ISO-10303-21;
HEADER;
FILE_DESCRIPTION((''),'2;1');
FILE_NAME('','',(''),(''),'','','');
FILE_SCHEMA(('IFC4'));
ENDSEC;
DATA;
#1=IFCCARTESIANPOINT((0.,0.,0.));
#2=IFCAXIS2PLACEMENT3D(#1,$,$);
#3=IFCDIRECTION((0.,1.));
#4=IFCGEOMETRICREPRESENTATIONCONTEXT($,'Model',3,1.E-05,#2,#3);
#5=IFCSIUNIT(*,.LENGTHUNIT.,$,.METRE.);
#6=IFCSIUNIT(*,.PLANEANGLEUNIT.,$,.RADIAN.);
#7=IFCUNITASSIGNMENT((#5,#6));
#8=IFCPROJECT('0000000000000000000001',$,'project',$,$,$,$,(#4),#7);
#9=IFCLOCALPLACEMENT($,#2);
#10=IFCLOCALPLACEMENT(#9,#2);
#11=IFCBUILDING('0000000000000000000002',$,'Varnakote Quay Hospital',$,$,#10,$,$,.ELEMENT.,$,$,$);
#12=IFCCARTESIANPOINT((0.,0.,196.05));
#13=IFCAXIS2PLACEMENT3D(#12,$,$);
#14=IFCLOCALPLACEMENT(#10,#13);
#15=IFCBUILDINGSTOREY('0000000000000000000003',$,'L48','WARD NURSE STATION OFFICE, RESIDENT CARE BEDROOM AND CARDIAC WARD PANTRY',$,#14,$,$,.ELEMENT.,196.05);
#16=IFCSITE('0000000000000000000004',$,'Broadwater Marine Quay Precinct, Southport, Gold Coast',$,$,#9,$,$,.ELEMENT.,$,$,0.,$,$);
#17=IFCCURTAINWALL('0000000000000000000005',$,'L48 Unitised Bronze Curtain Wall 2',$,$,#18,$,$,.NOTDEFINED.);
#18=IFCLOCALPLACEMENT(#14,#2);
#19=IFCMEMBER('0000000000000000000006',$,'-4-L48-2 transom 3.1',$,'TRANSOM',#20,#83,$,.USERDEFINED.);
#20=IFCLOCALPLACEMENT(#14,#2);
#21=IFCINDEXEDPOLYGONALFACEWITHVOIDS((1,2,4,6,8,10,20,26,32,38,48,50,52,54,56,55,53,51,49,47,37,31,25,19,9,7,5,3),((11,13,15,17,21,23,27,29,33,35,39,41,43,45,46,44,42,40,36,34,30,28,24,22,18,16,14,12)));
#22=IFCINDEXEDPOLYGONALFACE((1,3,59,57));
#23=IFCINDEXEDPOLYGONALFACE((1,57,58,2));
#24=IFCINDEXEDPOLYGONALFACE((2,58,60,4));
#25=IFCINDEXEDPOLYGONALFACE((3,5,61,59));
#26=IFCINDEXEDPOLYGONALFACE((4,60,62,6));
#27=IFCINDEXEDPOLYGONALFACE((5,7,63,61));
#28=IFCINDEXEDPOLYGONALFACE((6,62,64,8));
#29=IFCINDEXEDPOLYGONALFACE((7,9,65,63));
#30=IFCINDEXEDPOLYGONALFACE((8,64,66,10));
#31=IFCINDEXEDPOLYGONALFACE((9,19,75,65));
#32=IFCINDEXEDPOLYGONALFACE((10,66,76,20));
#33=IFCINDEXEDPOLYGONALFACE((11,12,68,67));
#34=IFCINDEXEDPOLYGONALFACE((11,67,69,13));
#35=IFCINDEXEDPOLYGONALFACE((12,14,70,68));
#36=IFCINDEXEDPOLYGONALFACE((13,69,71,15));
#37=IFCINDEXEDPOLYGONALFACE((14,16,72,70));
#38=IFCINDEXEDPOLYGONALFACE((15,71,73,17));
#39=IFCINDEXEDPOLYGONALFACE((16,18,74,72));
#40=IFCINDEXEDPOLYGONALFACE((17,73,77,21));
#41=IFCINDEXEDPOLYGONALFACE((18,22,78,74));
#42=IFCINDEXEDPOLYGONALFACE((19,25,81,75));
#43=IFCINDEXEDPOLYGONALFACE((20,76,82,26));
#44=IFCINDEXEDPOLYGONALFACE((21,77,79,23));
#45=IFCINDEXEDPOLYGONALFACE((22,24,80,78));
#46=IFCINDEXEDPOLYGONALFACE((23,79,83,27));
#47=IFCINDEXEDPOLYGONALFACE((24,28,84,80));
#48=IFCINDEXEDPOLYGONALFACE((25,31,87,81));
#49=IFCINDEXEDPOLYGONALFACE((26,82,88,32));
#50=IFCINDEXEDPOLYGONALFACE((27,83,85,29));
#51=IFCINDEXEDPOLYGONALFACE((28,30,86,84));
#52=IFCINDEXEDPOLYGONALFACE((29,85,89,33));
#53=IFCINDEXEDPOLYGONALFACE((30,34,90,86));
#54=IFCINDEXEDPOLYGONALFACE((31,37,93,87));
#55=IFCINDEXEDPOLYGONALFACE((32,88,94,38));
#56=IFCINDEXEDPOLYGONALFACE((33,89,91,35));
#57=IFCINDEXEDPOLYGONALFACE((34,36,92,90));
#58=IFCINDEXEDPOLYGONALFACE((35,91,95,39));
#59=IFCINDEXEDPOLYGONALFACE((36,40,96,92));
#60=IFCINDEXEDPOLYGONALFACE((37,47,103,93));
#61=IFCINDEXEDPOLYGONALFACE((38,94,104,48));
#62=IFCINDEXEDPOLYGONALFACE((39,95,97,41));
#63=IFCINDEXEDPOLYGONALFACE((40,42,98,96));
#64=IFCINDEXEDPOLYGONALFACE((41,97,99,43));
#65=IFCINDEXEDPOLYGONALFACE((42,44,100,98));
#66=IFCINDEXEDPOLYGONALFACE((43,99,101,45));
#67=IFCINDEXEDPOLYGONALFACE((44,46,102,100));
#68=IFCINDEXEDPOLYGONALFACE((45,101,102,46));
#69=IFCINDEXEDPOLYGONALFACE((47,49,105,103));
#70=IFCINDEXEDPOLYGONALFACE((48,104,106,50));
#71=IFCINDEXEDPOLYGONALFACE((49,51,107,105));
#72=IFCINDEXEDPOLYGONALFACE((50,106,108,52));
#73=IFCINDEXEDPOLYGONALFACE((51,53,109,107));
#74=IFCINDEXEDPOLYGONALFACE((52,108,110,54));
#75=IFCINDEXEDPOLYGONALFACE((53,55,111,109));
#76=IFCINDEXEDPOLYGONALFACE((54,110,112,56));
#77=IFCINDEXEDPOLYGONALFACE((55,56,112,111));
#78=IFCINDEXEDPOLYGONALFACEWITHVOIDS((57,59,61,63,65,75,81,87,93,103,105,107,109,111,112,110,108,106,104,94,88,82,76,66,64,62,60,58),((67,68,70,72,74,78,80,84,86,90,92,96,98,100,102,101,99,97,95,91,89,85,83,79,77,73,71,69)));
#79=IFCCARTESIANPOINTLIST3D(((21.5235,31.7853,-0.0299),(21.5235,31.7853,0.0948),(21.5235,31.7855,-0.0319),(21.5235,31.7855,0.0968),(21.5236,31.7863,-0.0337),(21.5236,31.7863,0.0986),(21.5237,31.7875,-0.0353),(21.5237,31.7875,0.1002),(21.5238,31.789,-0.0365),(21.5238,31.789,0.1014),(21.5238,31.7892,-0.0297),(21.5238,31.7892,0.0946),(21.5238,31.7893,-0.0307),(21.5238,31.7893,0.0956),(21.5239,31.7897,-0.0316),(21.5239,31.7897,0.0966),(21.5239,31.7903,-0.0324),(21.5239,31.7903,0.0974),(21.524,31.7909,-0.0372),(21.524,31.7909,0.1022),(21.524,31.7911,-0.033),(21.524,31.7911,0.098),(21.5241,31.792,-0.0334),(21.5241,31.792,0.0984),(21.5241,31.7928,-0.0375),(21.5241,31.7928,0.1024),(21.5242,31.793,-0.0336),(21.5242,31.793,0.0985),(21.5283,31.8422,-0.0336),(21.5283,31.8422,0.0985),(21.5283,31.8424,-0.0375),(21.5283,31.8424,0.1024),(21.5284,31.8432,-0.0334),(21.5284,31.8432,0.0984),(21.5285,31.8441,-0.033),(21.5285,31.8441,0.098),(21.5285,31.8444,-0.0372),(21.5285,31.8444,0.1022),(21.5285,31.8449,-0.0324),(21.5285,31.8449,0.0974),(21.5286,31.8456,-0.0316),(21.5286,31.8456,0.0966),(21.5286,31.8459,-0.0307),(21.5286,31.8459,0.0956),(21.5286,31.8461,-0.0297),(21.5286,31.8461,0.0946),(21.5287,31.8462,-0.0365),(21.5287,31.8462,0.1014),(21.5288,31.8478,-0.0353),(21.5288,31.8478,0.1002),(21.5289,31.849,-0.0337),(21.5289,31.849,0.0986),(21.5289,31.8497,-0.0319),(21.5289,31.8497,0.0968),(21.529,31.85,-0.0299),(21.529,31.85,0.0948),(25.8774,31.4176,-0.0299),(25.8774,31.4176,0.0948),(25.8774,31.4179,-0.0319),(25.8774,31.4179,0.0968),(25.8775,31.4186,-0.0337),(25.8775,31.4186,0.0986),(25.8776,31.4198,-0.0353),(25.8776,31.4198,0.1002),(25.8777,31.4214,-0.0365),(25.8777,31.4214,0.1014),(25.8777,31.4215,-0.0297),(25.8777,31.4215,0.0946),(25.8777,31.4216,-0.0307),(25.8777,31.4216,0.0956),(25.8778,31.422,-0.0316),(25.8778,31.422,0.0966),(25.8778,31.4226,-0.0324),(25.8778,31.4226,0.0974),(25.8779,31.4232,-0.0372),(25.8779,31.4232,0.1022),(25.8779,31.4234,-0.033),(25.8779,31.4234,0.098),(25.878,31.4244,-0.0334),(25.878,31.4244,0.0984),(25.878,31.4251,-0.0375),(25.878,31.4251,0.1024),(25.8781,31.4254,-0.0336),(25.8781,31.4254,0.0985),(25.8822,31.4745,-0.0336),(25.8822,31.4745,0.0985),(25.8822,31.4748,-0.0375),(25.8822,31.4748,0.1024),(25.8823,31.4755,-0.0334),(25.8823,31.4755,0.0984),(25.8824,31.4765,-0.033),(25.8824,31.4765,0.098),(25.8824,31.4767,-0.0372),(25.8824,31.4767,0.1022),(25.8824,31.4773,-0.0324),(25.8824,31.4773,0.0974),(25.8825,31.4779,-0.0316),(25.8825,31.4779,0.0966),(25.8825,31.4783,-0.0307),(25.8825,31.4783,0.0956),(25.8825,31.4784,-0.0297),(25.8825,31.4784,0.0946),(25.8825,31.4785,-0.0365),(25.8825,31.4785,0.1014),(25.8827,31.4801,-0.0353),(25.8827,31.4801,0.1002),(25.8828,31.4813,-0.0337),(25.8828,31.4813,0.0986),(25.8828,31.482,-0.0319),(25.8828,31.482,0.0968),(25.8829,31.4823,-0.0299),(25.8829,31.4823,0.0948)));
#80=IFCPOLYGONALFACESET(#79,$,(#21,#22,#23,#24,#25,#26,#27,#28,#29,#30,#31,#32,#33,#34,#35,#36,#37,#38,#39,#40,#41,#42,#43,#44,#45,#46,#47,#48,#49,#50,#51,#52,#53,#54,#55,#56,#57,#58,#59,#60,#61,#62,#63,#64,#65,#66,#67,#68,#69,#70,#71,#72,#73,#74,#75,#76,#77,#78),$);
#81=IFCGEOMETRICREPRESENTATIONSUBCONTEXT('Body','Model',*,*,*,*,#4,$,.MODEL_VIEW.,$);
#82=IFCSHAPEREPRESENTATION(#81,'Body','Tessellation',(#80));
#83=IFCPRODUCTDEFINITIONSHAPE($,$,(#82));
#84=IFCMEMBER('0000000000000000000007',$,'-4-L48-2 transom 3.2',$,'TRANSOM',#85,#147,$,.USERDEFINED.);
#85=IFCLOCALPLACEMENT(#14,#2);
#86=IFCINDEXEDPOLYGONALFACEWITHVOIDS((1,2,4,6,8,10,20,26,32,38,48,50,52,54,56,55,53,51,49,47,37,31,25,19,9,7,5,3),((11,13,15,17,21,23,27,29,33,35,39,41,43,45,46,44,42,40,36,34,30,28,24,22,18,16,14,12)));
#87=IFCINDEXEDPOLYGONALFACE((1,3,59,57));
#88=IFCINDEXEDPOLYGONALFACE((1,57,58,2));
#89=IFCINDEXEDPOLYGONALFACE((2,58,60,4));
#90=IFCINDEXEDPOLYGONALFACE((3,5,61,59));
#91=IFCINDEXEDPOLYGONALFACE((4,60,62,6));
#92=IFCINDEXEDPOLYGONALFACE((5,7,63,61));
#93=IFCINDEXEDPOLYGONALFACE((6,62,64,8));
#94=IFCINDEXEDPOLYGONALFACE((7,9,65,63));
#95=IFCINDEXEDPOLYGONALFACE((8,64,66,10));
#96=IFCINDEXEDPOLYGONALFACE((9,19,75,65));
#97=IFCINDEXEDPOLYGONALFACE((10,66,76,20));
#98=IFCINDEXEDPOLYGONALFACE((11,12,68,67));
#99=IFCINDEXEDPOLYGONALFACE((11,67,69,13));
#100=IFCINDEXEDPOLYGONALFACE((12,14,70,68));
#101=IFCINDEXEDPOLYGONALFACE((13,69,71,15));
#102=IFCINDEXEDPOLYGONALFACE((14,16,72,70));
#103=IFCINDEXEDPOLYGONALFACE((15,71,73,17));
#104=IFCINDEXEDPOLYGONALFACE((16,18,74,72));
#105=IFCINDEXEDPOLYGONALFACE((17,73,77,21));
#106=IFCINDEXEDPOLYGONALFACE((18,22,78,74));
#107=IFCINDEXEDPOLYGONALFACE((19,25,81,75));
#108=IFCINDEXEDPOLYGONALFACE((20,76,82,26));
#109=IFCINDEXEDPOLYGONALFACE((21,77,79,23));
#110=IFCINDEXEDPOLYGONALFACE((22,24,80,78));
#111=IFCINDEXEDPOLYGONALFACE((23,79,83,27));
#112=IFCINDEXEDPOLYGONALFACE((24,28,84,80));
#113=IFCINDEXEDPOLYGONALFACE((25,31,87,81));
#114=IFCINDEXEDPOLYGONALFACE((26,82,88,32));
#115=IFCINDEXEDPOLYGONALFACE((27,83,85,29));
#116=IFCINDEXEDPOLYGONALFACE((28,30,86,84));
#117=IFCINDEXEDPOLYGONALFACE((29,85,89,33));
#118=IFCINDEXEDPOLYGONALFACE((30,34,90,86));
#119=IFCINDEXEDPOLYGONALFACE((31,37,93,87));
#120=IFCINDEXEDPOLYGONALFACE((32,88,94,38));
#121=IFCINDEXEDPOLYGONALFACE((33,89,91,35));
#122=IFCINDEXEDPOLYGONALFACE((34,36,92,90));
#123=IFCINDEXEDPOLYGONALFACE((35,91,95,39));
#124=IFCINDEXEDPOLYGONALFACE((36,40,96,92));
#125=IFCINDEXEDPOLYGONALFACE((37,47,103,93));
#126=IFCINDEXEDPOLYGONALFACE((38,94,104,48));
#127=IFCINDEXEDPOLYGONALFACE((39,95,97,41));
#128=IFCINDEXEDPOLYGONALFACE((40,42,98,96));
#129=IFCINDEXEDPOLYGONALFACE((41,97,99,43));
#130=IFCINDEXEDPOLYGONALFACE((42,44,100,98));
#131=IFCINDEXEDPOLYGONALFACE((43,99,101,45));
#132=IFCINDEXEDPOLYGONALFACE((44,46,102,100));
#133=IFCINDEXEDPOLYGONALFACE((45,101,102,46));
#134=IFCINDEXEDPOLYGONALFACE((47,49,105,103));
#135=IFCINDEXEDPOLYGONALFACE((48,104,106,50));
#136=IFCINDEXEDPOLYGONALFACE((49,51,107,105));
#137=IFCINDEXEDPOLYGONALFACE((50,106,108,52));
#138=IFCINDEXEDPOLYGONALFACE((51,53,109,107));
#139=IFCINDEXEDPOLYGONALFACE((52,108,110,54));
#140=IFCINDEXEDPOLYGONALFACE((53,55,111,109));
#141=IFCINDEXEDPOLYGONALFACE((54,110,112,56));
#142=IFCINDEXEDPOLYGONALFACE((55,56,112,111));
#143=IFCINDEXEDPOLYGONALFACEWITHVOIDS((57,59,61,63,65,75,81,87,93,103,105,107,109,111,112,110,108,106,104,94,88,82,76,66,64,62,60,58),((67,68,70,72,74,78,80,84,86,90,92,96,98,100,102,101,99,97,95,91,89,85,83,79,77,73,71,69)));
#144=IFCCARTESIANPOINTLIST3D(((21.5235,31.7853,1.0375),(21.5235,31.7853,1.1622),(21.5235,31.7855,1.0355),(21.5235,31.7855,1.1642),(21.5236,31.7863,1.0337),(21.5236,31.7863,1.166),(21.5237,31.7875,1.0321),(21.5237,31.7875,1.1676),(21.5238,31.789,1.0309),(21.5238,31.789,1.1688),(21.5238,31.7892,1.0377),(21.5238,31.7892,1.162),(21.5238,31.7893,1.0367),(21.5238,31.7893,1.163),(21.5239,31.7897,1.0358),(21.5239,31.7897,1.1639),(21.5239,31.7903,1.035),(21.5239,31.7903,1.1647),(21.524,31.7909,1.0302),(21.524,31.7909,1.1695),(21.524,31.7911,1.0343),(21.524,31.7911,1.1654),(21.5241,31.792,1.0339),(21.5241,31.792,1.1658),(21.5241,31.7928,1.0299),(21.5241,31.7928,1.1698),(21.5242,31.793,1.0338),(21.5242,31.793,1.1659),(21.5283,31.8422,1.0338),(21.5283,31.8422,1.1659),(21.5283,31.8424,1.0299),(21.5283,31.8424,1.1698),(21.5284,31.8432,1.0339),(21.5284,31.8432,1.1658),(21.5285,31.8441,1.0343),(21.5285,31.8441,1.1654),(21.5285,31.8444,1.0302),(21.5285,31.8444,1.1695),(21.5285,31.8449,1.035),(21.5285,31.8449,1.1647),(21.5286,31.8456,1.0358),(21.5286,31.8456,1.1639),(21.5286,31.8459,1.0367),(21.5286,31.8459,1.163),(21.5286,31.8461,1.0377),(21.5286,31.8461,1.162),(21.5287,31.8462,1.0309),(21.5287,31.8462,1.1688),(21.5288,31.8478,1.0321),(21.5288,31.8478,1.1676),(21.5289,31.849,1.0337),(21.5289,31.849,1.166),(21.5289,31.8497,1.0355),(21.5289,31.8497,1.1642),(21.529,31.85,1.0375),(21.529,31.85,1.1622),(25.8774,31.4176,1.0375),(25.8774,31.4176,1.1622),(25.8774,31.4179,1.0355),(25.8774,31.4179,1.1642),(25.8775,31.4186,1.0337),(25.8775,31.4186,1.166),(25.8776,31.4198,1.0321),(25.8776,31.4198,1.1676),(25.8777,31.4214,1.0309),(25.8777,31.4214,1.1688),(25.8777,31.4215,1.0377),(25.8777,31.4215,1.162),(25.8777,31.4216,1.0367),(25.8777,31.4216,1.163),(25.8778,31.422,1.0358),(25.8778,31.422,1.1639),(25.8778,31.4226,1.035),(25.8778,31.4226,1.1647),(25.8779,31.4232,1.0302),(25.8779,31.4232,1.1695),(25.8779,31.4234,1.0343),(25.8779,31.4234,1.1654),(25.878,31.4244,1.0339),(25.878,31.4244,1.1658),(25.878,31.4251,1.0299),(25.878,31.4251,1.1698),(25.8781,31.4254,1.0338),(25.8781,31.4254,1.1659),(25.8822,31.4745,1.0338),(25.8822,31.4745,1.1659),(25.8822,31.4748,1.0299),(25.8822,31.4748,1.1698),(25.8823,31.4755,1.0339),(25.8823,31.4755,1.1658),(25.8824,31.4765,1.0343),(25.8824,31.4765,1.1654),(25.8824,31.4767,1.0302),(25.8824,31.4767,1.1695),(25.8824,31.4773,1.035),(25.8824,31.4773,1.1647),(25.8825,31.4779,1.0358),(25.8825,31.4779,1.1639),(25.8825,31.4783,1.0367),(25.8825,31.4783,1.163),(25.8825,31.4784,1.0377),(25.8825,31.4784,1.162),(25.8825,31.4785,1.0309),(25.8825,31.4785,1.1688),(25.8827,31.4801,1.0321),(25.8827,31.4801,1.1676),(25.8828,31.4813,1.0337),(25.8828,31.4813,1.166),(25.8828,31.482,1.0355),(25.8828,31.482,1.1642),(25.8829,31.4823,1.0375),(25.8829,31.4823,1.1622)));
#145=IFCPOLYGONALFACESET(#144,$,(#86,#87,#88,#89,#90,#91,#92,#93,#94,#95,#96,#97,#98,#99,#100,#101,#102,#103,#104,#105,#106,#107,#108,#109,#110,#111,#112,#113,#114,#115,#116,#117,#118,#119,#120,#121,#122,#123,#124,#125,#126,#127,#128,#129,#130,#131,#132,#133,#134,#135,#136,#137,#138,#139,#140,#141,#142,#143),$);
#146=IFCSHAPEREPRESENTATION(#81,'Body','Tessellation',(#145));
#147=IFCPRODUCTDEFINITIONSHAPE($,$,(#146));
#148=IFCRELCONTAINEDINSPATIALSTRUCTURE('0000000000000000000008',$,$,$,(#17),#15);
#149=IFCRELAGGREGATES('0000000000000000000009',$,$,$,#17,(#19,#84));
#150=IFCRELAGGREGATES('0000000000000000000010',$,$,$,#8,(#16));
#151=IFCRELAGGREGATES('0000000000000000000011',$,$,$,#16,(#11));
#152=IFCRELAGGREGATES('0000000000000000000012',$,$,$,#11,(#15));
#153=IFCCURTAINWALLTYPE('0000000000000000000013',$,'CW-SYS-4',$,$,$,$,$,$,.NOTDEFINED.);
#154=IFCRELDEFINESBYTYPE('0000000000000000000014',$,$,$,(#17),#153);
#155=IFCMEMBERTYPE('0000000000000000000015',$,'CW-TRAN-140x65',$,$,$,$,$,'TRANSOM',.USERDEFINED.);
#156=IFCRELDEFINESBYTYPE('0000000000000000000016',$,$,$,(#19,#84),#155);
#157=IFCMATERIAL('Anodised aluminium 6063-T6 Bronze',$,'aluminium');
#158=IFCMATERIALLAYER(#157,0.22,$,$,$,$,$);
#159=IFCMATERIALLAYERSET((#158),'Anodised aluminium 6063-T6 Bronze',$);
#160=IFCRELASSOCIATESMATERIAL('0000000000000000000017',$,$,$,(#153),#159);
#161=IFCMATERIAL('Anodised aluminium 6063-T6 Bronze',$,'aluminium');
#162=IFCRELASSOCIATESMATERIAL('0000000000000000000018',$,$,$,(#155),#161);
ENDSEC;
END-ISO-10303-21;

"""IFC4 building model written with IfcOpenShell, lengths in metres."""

from ifc_helpers import new_model, si_unit, direction, frame, origin, origin_2d, place, context, subcontext, project, spatial, hollow_rectangle, extrude, material, layer, layer_set, material_profile, profile_set, type_object, element, aggregate, save


model = new_model("IFC4")

# Units and contexts
model_context = context("Model", 3, precision=1e-05, world=origin(), true_north=direction((0.0, 1.0)))
body_context = subcontext(model_context, "Body", "Model", "MODEL_VIEW")
ifc_project = project(units=[si_unit("LENGTHUNIT", "METRE"), si_unit("PLANEANGLEUNIT", "RADIAN")], contexts=[model_context])

# Site, building, storey
site_placement = place(None, origin())
site = spatial("IfcSite", under=ifc_project, at=site_placement, Name="Broadwater Marine Quay Precinct, Southport, Gold Coast", CompositionType="ELEMENT", RefElevation=0.0)
building_placement = place(site_placement, origin())
building = spatial("IfcBuilding", under=site, at=building_placement, Name="Varnakote Quay Hospital", CompositionType="ELEMENT")
storey_placement = place(building_placement, frame((0.0, 0.0, 196.05)))
storey = spatial("IfcBuildingStorey", under=building, at=storey_placement, Name="L48", Description="WARD NURSE STATION OFFICE, RESIDENT CARE BEDROOM AND CARDIAC WARD PANTRY", CompositionType="ELEMENT", Elevation=196.05)

# Curtain wall, members
ifc_material_1 = material(Name="Anodised aluminium 6063-T6 Bronze", Category="aluminium")
ifc_layer_1 = layer(ifc_material_1, 0.22)
ifc_layer_set_1 = layer_set([ifc_layer_1], Name="Anodised aluminium 6063-T6 Bronze")
curtain_wall_type = type_object("IfcCurtainWallType", Name="CW-SYS-4", PredefinedType="NOTDEFINED", material=ifc_layer_set_1)
curtain_wall_placement = place(storey_placement, origin())
curtain_wall = element("IfcCurtainWall", 1, at=curtain_wall_placement, inside=storey, type_object=curtain_wall_type, Name="L48 Unitised Bronze Curtain Wall 2", PredefinedType="NOTDEFINED")
ifc_material_2 = material(Name="Anodised aluminium 6063-T6 Bronze", Category="aluminium")
ifc_material_profile_1 = material_profile(ifc_material_2, hollow_rectangle(XDim=0.0649, YDim=0.1399, WallThickness=0.0039, InnerFilletRadius=0.0039, OuterFilletRadius=0.0076, at=origin_2d()), Name="CW-TRAN-140x65")
ifc_profile_set_1 = profile_set([ifc_material_profile_1], Name="Anodised aluminium 6063-T6 Bronze")
member_type_1 = type_object("IfcMemberType", Name="CW-TRAN-140x65", ElementType="TRANSOM", PredefinedType="USERDEFINED", material=ifc_profile_set_1)
member_1_placement = place(storey_placement, frame((25.8801, 31.45, 0.0325), z_axis=(-0.996453, 0.084146, 0.0), x_axis=(-0.084146, -0.996453, 0.0)))
member_1 = element("IfcMember", 2, at=member_1_placement, type_object=member_type_1, Name="-4-L48-2 transom 3.1", ObjectType="TRANSOM", PredefinedType="USERDEFINED", context=body_context, shape_type="SweptSolid", body=[
    extrude(hollow_rectangle(XDim=0.0649, YDim=0.1399, WallThickness=0.0039, InnerFilletRadius=0.0039, OuterFilletRadius=0.0076, at=origin_2d()), origin(), (0.0, 0.0, 1.0), 4.3694),
])
member_2_placement = place(storey_placement, frame((25.8801, 31.45, 1.0999), z_axis=(-0.996453, 0.084146, 0.0), x_axis=(-0.084146, -0.996453, 0.0)))
member_2 = element("IfcMember", 3, at=member_2_placement, type_object=member_type_1, Name="-4-L48-2 transom 3.2", ObjectType="TRANSOM", PredefinedType="USERDEFINED", context=body_context, shape_type="SweptSolid", body=[
    extrude(hollow_rectangle(XDim=0.0649, YDim=0.1399, WallThickness=0.0039, InnerFilletRadius=0.0039, OuterFilletRadius=0.0076, at=origin_2d()), origin(), (0.0, 0.0, 1.0), 4.3694),
])

aggregate(curtain_wall, [member_1, member_2])

save(model, "model.ifc")
